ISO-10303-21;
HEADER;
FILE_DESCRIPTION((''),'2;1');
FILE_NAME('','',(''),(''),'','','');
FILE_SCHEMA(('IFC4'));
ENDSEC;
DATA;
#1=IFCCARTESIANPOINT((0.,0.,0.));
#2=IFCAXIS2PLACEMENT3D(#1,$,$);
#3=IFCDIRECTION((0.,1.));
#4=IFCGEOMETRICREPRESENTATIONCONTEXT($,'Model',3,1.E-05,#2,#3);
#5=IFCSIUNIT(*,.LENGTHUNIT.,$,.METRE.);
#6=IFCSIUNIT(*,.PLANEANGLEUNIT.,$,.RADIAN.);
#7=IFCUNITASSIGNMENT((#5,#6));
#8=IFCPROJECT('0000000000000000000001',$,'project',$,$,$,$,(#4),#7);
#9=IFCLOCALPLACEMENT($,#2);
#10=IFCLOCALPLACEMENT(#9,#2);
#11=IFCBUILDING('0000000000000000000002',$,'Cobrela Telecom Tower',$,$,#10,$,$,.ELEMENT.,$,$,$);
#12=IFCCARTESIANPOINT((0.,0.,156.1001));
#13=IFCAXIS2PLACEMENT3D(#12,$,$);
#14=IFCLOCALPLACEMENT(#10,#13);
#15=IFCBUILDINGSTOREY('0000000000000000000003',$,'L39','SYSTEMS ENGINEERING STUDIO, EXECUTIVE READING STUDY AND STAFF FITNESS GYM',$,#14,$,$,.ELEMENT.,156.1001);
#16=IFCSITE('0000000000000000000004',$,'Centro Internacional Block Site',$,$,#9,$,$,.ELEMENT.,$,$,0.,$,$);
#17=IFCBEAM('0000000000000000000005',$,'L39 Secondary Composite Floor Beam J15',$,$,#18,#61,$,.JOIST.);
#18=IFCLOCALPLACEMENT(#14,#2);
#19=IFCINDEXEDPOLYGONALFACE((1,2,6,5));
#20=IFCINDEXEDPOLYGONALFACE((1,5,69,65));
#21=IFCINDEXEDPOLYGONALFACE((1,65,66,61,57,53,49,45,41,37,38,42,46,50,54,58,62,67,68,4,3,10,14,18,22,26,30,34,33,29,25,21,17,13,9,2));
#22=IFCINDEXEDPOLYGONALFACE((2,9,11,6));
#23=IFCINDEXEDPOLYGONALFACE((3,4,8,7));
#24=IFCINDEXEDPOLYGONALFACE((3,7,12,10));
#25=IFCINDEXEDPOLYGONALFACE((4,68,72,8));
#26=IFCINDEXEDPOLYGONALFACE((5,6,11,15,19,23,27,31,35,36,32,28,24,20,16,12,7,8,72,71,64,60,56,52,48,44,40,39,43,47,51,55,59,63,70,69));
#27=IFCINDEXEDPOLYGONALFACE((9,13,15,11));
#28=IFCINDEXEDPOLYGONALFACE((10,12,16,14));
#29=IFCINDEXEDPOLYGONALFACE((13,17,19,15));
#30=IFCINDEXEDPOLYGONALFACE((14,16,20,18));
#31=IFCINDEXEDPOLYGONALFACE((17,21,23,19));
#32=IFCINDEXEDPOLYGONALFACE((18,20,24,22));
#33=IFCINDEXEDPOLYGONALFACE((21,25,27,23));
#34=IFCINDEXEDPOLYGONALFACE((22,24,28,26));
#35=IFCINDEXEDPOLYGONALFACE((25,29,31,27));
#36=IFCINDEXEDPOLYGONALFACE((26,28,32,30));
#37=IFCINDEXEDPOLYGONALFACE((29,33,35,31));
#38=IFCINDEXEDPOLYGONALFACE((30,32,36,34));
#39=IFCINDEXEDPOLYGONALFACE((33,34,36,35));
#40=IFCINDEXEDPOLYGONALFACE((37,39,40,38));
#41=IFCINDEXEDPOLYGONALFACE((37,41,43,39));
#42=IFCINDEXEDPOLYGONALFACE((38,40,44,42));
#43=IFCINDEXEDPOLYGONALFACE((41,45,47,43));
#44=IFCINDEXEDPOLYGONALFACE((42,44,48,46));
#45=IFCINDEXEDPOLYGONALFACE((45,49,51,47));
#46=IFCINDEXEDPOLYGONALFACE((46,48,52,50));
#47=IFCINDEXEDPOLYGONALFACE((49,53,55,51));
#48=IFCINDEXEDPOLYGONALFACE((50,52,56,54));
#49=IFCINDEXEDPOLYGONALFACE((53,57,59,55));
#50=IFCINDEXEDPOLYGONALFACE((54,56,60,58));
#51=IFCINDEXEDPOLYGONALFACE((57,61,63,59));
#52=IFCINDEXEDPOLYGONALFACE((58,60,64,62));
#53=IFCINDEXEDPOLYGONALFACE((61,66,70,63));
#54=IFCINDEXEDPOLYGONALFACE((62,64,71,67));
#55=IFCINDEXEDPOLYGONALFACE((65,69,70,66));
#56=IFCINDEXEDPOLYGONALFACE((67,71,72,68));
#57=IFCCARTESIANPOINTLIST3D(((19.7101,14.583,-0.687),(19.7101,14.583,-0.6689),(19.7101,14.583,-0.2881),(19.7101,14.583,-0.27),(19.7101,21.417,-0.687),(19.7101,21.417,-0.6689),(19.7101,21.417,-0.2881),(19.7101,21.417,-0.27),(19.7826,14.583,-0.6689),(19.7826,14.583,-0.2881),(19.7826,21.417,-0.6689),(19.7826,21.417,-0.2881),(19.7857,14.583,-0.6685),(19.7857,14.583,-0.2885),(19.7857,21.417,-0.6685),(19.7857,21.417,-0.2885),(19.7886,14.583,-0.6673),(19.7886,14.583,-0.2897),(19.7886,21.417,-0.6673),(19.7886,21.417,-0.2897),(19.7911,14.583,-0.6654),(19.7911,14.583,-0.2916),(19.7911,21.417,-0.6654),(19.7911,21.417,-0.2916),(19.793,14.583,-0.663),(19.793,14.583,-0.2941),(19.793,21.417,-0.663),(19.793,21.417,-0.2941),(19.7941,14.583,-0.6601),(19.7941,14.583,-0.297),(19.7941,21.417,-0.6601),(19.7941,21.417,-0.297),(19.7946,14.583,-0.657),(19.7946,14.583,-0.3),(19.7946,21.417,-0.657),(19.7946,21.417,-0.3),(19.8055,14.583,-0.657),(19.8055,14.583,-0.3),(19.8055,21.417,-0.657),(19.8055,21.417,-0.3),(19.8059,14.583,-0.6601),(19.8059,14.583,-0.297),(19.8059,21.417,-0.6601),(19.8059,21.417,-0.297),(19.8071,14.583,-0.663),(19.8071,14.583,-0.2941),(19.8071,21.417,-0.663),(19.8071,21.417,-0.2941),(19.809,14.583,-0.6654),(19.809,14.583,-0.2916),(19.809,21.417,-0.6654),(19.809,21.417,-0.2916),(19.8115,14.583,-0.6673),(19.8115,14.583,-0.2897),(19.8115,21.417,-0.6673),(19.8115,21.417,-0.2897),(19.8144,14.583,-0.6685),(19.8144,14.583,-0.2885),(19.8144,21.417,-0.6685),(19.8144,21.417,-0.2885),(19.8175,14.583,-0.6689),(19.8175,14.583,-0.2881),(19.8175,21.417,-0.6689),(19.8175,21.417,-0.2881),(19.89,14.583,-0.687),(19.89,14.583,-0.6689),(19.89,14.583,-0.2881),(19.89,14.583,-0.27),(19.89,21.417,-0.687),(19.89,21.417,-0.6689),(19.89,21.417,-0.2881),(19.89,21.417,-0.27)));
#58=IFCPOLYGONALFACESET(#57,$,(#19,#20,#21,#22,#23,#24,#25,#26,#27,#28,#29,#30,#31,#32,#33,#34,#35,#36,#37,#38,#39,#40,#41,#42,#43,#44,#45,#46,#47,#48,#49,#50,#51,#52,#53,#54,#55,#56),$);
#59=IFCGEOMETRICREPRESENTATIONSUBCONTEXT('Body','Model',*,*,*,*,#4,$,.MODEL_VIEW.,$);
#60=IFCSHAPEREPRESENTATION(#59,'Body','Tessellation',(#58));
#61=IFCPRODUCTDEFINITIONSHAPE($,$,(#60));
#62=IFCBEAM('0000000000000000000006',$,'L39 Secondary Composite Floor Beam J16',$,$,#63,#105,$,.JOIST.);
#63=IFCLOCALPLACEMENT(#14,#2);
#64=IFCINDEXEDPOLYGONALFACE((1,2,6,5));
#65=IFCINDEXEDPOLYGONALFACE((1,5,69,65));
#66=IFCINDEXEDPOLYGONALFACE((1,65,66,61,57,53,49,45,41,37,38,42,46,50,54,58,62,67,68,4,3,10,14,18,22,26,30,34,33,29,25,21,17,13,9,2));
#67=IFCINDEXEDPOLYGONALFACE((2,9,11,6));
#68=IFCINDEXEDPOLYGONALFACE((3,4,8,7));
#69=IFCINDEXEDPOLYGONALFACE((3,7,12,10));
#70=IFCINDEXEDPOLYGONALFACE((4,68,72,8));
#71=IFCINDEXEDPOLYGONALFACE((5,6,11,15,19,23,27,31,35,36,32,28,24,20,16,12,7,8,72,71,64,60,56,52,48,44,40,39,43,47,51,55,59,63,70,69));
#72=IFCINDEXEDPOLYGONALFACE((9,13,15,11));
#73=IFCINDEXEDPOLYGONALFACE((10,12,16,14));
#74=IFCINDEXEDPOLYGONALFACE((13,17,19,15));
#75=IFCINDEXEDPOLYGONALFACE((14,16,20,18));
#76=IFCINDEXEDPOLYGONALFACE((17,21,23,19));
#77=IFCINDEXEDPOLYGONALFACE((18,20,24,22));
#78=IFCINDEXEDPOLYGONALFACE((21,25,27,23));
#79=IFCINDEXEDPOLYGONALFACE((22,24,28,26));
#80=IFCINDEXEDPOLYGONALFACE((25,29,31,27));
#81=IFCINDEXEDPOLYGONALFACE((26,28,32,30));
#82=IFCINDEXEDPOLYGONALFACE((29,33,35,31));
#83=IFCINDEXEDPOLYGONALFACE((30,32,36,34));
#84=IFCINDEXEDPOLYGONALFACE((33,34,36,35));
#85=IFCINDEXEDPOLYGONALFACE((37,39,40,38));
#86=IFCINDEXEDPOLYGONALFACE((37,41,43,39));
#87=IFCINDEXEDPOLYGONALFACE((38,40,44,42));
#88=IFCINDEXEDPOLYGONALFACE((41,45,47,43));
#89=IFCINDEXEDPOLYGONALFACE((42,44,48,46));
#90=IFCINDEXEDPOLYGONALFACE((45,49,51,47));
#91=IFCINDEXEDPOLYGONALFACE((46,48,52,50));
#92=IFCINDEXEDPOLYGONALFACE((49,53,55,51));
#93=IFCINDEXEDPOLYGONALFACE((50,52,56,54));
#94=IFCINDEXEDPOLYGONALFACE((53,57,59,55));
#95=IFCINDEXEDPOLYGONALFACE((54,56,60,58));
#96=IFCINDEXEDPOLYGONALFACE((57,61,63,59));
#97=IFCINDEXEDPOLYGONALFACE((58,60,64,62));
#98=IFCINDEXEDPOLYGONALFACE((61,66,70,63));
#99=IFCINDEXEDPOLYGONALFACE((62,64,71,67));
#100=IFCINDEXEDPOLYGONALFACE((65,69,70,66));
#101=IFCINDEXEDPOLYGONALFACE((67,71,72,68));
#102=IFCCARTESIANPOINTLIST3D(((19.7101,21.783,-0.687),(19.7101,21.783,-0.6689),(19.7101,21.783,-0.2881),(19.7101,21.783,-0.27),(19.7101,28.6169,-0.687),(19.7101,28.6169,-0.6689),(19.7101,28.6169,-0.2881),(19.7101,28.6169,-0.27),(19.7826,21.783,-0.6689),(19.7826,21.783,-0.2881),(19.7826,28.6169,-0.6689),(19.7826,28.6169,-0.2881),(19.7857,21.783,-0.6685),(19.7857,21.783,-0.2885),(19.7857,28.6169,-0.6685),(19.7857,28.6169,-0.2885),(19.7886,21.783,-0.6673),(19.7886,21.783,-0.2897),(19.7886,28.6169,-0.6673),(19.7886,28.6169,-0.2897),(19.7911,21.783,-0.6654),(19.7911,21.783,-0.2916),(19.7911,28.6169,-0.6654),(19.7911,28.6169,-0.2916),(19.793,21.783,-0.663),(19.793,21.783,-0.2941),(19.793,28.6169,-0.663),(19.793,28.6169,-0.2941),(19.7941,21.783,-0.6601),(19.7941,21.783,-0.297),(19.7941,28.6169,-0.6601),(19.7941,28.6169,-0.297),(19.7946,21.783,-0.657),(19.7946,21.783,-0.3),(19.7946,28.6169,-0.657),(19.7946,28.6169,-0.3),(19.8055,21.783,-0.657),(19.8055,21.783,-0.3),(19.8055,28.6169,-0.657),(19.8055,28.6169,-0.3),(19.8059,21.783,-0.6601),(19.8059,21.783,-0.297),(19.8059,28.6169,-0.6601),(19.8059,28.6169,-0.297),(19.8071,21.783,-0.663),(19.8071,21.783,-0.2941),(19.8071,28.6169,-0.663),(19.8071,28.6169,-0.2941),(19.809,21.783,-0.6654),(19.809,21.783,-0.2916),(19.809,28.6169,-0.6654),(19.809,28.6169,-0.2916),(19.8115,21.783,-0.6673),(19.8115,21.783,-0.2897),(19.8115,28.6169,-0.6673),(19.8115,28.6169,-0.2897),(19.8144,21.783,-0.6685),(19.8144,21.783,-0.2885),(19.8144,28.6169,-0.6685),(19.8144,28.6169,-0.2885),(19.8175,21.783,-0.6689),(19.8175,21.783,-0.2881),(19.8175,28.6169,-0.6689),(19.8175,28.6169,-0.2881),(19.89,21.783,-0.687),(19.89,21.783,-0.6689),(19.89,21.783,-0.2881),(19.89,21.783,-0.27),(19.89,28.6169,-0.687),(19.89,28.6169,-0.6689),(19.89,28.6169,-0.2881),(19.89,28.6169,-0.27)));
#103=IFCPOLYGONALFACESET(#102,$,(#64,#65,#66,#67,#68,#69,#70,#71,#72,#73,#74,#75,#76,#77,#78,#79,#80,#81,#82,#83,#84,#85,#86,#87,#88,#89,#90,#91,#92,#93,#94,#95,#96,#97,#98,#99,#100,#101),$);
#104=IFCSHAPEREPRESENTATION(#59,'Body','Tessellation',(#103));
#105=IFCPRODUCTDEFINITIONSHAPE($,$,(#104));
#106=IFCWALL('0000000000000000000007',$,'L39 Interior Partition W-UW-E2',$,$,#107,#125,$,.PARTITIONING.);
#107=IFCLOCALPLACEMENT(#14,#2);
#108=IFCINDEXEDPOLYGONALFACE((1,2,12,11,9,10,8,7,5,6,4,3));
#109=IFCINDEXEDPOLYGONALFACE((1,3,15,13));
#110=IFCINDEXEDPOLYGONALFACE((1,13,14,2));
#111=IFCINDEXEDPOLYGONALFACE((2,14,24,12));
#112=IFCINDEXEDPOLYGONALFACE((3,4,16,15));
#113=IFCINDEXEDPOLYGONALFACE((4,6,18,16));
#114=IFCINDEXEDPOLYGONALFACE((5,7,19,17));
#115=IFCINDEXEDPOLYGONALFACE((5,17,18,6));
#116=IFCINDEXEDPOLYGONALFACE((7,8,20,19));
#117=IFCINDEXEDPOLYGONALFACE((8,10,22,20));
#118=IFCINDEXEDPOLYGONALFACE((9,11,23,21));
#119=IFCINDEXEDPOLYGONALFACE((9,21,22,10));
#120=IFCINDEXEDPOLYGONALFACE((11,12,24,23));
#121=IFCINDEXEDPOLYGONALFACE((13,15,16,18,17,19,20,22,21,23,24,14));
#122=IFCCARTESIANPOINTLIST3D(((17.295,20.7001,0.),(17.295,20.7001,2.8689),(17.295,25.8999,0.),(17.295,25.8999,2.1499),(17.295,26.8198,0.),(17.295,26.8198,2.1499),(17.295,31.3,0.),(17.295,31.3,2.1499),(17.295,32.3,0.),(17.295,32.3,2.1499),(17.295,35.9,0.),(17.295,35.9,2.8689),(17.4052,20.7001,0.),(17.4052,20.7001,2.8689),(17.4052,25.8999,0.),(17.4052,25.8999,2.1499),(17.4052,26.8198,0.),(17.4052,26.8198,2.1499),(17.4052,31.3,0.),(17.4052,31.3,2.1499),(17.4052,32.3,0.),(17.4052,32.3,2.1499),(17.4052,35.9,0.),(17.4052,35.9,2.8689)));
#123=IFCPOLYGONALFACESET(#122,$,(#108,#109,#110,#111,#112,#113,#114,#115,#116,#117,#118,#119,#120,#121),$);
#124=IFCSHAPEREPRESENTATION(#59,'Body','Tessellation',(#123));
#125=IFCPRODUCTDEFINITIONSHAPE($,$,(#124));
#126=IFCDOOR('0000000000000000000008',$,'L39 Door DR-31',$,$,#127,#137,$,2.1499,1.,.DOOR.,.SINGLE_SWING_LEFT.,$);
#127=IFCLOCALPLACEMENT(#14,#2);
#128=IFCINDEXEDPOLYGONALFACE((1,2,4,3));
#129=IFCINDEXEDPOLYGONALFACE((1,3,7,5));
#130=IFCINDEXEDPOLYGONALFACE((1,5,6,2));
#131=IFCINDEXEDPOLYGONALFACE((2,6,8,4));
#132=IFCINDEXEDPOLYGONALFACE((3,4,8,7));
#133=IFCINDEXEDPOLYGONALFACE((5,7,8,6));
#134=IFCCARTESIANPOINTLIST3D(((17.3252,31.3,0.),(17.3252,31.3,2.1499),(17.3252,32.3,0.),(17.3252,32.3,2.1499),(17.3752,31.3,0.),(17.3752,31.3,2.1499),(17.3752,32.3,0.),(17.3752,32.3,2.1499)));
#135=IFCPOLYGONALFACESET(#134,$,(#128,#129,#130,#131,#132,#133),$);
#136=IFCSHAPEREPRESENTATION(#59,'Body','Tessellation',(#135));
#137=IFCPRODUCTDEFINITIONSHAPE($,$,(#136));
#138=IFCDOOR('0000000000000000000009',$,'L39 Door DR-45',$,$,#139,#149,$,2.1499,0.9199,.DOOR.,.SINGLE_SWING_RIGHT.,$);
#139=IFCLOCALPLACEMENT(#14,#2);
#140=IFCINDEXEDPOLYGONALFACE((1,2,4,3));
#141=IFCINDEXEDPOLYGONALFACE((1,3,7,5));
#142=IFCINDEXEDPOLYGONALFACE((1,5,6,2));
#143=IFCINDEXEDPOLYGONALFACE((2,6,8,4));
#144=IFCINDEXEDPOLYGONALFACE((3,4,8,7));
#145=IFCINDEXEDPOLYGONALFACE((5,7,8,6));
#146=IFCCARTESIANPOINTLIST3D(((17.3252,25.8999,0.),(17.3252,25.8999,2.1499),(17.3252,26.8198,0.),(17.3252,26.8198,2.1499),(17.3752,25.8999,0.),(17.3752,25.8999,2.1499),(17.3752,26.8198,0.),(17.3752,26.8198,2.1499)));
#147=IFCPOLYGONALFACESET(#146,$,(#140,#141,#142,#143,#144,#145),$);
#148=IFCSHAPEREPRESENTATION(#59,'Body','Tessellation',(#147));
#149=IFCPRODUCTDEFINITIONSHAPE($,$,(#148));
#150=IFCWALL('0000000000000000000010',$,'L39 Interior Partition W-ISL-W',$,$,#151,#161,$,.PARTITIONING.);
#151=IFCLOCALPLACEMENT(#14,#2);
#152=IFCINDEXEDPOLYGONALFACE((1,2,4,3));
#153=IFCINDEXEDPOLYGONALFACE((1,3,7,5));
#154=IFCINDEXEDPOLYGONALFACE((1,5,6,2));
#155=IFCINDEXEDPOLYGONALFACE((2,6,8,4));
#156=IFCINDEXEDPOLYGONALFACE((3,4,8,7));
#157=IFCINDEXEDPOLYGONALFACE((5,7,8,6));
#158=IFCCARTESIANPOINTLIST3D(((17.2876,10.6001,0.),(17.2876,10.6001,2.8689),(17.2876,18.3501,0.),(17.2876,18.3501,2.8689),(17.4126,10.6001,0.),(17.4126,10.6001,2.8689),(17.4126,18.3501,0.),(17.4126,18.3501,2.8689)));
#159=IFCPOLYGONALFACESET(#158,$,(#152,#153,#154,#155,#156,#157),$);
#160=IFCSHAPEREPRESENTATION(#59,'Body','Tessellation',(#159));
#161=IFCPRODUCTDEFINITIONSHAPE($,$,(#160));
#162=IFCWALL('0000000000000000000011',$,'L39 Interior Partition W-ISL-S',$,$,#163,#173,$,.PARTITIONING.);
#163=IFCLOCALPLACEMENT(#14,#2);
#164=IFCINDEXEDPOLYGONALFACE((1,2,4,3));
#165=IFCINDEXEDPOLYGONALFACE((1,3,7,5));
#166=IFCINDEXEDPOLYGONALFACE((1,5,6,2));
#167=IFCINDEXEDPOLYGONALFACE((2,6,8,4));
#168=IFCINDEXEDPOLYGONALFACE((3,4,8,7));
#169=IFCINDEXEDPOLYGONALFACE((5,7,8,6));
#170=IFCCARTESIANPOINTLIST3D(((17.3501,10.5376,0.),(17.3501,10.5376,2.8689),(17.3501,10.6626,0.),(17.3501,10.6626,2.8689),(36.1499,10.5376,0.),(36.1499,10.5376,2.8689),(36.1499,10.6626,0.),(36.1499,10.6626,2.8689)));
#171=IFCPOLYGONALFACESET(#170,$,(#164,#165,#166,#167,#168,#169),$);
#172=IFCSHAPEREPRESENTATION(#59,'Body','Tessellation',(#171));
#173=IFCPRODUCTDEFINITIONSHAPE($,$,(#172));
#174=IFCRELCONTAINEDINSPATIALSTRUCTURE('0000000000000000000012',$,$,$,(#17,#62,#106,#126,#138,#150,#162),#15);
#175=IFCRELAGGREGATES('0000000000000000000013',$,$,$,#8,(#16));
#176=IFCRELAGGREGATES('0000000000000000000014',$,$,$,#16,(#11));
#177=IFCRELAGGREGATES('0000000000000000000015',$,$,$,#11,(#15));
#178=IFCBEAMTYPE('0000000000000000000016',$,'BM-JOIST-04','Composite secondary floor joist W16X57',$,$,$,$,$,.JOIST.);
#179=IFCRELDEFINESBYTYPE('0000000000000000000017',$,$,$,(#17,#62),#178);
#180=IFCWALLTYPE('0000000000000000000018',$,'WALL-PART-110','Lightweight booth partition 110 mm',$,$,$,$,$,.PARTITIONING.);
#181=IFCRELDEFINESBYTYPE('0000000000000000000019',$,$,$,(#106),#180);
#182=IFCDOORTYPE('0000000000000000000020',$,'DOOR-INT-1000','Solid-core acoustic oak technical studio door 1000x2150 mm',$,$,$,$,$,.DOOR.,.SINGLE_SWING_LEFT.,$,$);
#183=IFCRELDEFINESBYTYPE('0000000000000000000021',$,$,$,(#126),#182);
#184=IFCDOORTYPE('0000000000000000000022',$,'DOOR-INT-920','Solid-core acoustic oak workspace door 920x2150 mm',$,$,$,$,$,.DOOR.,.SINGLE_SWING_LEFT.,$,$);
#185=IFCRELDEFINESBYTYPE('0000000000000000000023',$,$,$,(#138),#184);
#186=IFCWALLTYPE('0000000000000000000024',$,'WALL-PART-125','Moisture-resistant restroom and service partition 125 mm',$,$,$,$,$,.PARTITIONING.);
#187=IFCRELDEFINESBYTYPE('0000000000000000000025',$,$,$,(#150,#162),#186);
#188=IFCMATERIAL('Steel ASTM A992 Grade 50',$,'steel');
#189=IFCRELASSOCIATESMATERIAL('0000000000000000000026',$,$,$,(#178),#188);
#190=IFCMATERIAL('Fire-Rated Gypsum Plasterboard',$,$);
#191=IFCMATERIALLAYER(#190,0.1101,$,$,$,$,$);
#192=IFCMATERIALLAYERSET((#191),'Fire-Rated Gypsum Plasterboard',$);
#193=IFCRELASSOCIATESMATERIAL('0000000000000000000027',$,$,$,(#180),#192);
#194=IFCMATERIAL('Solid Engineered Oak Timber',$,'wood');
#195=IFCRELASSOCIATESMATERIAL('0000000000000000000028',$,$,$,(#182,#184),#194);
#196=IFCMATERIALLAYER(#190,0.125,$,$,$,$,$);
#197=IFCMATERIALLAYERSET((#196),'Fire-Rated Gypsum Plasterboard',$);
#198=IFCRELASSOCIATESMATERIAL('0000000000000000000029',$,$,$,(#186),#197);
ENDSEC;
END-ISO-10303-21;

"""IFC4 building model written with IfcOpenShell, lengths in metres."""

from ifc_helpers import new_model, si_unit, direction, frame, frame_2d, origin, origin_2d, place, context, subcontext, project, spatial, rectangle, i_section, extrude, material, layer, layer_set, material_profile, profile_set, type_object, element, fill, save


model = new_model("IFC4")

# Units and contexts
model_context = context("Model", 3, precision=1e-05, world=origin(), true_north=direction((0.0, 1.0)))
body_context = subcontext(model_context, "Body", "Model", "MODEL_VIEW")
ifc_project = project(units=[si_unit("LENGTHUNIT", "METRE"), si_unit("PLANEANGLEUNIT", "RADIAN")], contexts=[model_context])

# Site, building, storey
site_placement = place(None, origin())
site = spatial("IfcSite", under=ifc_project, at=site_placement, Name="Centro Internacional Block Site", CompositionType="ELEMENT", RefElevation=0.0)
building_placement = place(site_placement, origin())
building = spatial("IfcBuilding", under=site, at=building_placement, Name="Cobrela Telecom Tower", CompositionType="ELEMENT")
storey_placement = place(building_placement, frame((0.0, 0.0, 156.1001)))
storey = spatial("IfcBuildingStorey", under=building, at=storey_placement, Name="L39", Description="SYSTEMS ENGINEERING STUDIO, EXECUTIVE READING STUDY AND STAFF FITNESS GYM", CompositionType="ELEMENT", Elevation=156.1001)

# Beams
ifc_material_1 = material(Name="Steel ASTM A992 Grade 50", Category="steel")
ifc_material_profile_1 = material_profile(ifc_material_1, i_section(OverallWidth=0.1799, OverallDepth=0.417, WebThickness=0.011, FlangeThickness=0.0181, FilletRadius=0.012, at=origin_2d()), Name="W16X57")
ifc_profile_set_1 = profile_set([ifc_material_profile_1], Name="Steel ASTM A992 Grade 50")
beam_type_1 = type_object("IfcBeamType", Name="BM-JOIST-04", Description="Composite secondary floor joist W16X57", PredefinedType="JOIST", material=ifc_profile_set_1)
for number, where, z_axis, x_axis, name in (
    (1, (19.8, 14.583, -0.4785), (0.0, 1.0, 0.0), (-1.0, 0.0, 0.0), "L39 Secondary Composite Floor Beam J15"),
    (2, (19.8, 21.783, -0.4785), (0.0, 1.0, 0.0), (-1.0, 0.0, 0.0), "L39 Secondary Composite Floor Beam J16"),
):
    element("IfcBeam", number, at=place(storey_placement, frame(where, z_axis=z_axis, x_axis=x_axis)), inside=storey, type_object=beam_type_1, Name=name, PredefinedType="JOIST", context=body_context, shape_type="SweptSolid", body=[
        extrude(i_section(OverallWidth=0.1799, OverallDepth=0.417, WebThickness=0.011, FlangeThickness=0.0181, FilletRadius=0.012, at=origin_2d()), origin(), (0.0, 0.0, 1.0), 6.834),
    ])

# Wall, openings, doors
ifc_material_2 = material(Name="Fire-Rated Gypsum Plasterboard")
ifc_layer_1 = layer(ifc_material_2, 0.1101)
ifc_layer_set_1 = layer_set([ifc_layer_1], Name="Fire-Rated Gypsum Plasterboard")
wall_type_1 = type_object("IfcWallType", Name="WALL-PART-110", Description="Lightweight booth partition 110 mm", PredefinedType="PARTITIONING", material=ifc_layer_set_1)
wall_1_placement = place(storey_placement, frame((17.3501, 20.7, 0.0), z_axis=(0.0, 0.0, 1.0), x_axis=(0.0, 1.0, 0.0)))
wall_1 = element("IfcWall", 3, at=wall_1_placement, inside=storey, type_object=wall_type_1, Name="L39 Interior Partition W-UW-E2", PredefinedType="PARTITIONING", context=body_context, shape_type="SweptSolid", body=[
    extrude(rectangle(XDim=15.2, YDim=0.1101, at=frame_2d((7.6001, 0.0))), origin(), (0.0, 0.0, 1.0), 2.8689),
])
opening_1_placement = place(wall_1_placement, frame((5.2, 0.0, 0.0)))
opening_1 = element("IfcOpeningElement", 4, at=opening_1_placement, cuts=wall_1, PredefinedType="OPENING", context=body_context, shape_type="SweptSolid", body=[
    extrude(rectangle(XDim=0.9199, YDim=2.1499, at=frame_2d((0.46, 1.075))), frame((0.0, 0.0669, 0.0), z_axis=(0.0, -1.0, 0.0), x_axis=(1.0, 0.0, 0.0)), (0.0, 0.0, 1.0), 0.134),
])
opening_2_placement = place(wall_1_placement, frame((10.6001, 0.0, 0.0)))
opening_2 = element("IfcOpeningElement", 5, at=opening_2_placement, cuts=wall_1, PredefinedType="OPENING", context=body_context, shape_type="SweptSolid", body=[
    extrude(rectangle(XDim=1.0, YDim=2.1499, at=frame_2d((0.5, 1.075))), frame((0.0, 0.0669, 0.0), z_axis=(0.0, -1.0, 0.0), x_axis=(1.0, 0.0, 0.0)), (0.0, 0.0, 1.0), 0.134),
])
ifc_material_3 = material(Name="Solid Engineered Oak Timber", Category="wood")
door_type_1 = type_object("IfcDoorType", Name="DOOR-INT-1000", Description="Solid-core acoustic oak technical studio door 1000x2150 mm", OperationType="SINGLE_SWING_LEFT", PredefinedType="DOOR", material=ifc_material_3)
door_1_placement = place(opening_2_placement, origin())
door_1 = element("IfcDoor", 6, at=door_1_placement, inside=storey, type_object=door_type_1, Name="L39 Door DR-31", OperationType="SINGLE_SWING_LEFT", OverallHeight=2.1499, OverallWidth=1.0, PredefinedType="DOOR", context=body_context, shape_type="SweptSolid", body=[
    extrude(rectangle(XDim=1.0, YDim=2.1499, at=frame_2d((0.5, 1.075))), frame((0.0, 0.0249, 0.0), z_axis=(0.0, -1.0, 0.0), x_axis=(1.0, 0.0, 0.0)), (0.0, 0.0, 1.0), 0.05),
])
fill(opening_2, door_1)
door_type_2 = type_object("IfcDoorType", Name="DOOR-INT-920", Description="Solid-core acoustic oak workspace door 920x2150 mm", OperationType="SINGLE_SWING_LEFT", PredefinedType="DOOR", material=ifc_material_3)
door_2_placement = place(opening_1_placement, origin())
door_2 = element("IfcDoor", 7, at=door_2_placement, inside=storey, type_object=door_type_2, Name="L39 Door DR-45", OperationType="SINGLE_SWING_RIGHT", OverallHeight=2.1499, OverallWidth=0.9199, PredefinedType="DOOR", context=body_context, shape_type="SweptSolid", body=[
    extrude(rectangle(XDim=0.9199, YDim=2.1499, at=frame_2d((0.46, 1.075))), frame((0.0, 0.0249, 0.0), z_axis=(0.0, -1.0, 0.0), x_axis=(1.0, 0.0, 0.0)), (0.0, 0.0, 1.0), 0.05),
])
fill(opening_1, door_2)

# Walls
ifc_layer_2 = layer(ifc_material_2, 0.125)
ifc_layer_set_2 = layer_set([ifc_layer_2], Name="Fire-Rated Gypsum Plasterboard")
wall_type_2 = type_object("IfcWallType", Name="WALL-PART-125", Description="Moisture-resistant restroom and service partition 125 mm", PredefinedType="PARTITIONING", material=ifc_layer_set_2)
wall_2_placement = place(storey_placement, frame((17.3501, 10.6001, 0.0), z_axis=(0.0, 0.0, 1.0), x_axis=(0.0, 1.0, 0.0)))
element("IfcWall", 8, at=wall_2_placement, inside=storey, type_object=wall_type_2, Name="L39 Interior Partition W-ISL-W", PredefinedType="PARTITIONING", context=body_context, shape_type="SweptSolid", body=[
    extrude(rectangle(XDim=7.75, YDim=0.125, at=frame_2d((3.875, 0.0))), origin(), (0.0, 0.0, 1.0), 2.8689),
])
wall_3_placement = place(storey_placement, frame((17.3501, 10.6001, 0.0), z_axis=(0.0, 0.0, 1.0), x_axis=(1.0, 0.0, 0.0)))
element("IfcWall", 9, at=wall_3_placement, inside=storey, type_object=wall_type_2, Name="L39 Interior Partition W-ISL-S", PredefinedType="PARTITIONING", context=body_context, shape_type="SweptSolid", body=[
    extrude(rectangle(XDim=18.7998, YDim=0.125, at=frame_2d((9.3999, 0.0))), origin(), (0.0, 0.0, 1.0), 2.8689),
])

save(model, "model.ifc")
